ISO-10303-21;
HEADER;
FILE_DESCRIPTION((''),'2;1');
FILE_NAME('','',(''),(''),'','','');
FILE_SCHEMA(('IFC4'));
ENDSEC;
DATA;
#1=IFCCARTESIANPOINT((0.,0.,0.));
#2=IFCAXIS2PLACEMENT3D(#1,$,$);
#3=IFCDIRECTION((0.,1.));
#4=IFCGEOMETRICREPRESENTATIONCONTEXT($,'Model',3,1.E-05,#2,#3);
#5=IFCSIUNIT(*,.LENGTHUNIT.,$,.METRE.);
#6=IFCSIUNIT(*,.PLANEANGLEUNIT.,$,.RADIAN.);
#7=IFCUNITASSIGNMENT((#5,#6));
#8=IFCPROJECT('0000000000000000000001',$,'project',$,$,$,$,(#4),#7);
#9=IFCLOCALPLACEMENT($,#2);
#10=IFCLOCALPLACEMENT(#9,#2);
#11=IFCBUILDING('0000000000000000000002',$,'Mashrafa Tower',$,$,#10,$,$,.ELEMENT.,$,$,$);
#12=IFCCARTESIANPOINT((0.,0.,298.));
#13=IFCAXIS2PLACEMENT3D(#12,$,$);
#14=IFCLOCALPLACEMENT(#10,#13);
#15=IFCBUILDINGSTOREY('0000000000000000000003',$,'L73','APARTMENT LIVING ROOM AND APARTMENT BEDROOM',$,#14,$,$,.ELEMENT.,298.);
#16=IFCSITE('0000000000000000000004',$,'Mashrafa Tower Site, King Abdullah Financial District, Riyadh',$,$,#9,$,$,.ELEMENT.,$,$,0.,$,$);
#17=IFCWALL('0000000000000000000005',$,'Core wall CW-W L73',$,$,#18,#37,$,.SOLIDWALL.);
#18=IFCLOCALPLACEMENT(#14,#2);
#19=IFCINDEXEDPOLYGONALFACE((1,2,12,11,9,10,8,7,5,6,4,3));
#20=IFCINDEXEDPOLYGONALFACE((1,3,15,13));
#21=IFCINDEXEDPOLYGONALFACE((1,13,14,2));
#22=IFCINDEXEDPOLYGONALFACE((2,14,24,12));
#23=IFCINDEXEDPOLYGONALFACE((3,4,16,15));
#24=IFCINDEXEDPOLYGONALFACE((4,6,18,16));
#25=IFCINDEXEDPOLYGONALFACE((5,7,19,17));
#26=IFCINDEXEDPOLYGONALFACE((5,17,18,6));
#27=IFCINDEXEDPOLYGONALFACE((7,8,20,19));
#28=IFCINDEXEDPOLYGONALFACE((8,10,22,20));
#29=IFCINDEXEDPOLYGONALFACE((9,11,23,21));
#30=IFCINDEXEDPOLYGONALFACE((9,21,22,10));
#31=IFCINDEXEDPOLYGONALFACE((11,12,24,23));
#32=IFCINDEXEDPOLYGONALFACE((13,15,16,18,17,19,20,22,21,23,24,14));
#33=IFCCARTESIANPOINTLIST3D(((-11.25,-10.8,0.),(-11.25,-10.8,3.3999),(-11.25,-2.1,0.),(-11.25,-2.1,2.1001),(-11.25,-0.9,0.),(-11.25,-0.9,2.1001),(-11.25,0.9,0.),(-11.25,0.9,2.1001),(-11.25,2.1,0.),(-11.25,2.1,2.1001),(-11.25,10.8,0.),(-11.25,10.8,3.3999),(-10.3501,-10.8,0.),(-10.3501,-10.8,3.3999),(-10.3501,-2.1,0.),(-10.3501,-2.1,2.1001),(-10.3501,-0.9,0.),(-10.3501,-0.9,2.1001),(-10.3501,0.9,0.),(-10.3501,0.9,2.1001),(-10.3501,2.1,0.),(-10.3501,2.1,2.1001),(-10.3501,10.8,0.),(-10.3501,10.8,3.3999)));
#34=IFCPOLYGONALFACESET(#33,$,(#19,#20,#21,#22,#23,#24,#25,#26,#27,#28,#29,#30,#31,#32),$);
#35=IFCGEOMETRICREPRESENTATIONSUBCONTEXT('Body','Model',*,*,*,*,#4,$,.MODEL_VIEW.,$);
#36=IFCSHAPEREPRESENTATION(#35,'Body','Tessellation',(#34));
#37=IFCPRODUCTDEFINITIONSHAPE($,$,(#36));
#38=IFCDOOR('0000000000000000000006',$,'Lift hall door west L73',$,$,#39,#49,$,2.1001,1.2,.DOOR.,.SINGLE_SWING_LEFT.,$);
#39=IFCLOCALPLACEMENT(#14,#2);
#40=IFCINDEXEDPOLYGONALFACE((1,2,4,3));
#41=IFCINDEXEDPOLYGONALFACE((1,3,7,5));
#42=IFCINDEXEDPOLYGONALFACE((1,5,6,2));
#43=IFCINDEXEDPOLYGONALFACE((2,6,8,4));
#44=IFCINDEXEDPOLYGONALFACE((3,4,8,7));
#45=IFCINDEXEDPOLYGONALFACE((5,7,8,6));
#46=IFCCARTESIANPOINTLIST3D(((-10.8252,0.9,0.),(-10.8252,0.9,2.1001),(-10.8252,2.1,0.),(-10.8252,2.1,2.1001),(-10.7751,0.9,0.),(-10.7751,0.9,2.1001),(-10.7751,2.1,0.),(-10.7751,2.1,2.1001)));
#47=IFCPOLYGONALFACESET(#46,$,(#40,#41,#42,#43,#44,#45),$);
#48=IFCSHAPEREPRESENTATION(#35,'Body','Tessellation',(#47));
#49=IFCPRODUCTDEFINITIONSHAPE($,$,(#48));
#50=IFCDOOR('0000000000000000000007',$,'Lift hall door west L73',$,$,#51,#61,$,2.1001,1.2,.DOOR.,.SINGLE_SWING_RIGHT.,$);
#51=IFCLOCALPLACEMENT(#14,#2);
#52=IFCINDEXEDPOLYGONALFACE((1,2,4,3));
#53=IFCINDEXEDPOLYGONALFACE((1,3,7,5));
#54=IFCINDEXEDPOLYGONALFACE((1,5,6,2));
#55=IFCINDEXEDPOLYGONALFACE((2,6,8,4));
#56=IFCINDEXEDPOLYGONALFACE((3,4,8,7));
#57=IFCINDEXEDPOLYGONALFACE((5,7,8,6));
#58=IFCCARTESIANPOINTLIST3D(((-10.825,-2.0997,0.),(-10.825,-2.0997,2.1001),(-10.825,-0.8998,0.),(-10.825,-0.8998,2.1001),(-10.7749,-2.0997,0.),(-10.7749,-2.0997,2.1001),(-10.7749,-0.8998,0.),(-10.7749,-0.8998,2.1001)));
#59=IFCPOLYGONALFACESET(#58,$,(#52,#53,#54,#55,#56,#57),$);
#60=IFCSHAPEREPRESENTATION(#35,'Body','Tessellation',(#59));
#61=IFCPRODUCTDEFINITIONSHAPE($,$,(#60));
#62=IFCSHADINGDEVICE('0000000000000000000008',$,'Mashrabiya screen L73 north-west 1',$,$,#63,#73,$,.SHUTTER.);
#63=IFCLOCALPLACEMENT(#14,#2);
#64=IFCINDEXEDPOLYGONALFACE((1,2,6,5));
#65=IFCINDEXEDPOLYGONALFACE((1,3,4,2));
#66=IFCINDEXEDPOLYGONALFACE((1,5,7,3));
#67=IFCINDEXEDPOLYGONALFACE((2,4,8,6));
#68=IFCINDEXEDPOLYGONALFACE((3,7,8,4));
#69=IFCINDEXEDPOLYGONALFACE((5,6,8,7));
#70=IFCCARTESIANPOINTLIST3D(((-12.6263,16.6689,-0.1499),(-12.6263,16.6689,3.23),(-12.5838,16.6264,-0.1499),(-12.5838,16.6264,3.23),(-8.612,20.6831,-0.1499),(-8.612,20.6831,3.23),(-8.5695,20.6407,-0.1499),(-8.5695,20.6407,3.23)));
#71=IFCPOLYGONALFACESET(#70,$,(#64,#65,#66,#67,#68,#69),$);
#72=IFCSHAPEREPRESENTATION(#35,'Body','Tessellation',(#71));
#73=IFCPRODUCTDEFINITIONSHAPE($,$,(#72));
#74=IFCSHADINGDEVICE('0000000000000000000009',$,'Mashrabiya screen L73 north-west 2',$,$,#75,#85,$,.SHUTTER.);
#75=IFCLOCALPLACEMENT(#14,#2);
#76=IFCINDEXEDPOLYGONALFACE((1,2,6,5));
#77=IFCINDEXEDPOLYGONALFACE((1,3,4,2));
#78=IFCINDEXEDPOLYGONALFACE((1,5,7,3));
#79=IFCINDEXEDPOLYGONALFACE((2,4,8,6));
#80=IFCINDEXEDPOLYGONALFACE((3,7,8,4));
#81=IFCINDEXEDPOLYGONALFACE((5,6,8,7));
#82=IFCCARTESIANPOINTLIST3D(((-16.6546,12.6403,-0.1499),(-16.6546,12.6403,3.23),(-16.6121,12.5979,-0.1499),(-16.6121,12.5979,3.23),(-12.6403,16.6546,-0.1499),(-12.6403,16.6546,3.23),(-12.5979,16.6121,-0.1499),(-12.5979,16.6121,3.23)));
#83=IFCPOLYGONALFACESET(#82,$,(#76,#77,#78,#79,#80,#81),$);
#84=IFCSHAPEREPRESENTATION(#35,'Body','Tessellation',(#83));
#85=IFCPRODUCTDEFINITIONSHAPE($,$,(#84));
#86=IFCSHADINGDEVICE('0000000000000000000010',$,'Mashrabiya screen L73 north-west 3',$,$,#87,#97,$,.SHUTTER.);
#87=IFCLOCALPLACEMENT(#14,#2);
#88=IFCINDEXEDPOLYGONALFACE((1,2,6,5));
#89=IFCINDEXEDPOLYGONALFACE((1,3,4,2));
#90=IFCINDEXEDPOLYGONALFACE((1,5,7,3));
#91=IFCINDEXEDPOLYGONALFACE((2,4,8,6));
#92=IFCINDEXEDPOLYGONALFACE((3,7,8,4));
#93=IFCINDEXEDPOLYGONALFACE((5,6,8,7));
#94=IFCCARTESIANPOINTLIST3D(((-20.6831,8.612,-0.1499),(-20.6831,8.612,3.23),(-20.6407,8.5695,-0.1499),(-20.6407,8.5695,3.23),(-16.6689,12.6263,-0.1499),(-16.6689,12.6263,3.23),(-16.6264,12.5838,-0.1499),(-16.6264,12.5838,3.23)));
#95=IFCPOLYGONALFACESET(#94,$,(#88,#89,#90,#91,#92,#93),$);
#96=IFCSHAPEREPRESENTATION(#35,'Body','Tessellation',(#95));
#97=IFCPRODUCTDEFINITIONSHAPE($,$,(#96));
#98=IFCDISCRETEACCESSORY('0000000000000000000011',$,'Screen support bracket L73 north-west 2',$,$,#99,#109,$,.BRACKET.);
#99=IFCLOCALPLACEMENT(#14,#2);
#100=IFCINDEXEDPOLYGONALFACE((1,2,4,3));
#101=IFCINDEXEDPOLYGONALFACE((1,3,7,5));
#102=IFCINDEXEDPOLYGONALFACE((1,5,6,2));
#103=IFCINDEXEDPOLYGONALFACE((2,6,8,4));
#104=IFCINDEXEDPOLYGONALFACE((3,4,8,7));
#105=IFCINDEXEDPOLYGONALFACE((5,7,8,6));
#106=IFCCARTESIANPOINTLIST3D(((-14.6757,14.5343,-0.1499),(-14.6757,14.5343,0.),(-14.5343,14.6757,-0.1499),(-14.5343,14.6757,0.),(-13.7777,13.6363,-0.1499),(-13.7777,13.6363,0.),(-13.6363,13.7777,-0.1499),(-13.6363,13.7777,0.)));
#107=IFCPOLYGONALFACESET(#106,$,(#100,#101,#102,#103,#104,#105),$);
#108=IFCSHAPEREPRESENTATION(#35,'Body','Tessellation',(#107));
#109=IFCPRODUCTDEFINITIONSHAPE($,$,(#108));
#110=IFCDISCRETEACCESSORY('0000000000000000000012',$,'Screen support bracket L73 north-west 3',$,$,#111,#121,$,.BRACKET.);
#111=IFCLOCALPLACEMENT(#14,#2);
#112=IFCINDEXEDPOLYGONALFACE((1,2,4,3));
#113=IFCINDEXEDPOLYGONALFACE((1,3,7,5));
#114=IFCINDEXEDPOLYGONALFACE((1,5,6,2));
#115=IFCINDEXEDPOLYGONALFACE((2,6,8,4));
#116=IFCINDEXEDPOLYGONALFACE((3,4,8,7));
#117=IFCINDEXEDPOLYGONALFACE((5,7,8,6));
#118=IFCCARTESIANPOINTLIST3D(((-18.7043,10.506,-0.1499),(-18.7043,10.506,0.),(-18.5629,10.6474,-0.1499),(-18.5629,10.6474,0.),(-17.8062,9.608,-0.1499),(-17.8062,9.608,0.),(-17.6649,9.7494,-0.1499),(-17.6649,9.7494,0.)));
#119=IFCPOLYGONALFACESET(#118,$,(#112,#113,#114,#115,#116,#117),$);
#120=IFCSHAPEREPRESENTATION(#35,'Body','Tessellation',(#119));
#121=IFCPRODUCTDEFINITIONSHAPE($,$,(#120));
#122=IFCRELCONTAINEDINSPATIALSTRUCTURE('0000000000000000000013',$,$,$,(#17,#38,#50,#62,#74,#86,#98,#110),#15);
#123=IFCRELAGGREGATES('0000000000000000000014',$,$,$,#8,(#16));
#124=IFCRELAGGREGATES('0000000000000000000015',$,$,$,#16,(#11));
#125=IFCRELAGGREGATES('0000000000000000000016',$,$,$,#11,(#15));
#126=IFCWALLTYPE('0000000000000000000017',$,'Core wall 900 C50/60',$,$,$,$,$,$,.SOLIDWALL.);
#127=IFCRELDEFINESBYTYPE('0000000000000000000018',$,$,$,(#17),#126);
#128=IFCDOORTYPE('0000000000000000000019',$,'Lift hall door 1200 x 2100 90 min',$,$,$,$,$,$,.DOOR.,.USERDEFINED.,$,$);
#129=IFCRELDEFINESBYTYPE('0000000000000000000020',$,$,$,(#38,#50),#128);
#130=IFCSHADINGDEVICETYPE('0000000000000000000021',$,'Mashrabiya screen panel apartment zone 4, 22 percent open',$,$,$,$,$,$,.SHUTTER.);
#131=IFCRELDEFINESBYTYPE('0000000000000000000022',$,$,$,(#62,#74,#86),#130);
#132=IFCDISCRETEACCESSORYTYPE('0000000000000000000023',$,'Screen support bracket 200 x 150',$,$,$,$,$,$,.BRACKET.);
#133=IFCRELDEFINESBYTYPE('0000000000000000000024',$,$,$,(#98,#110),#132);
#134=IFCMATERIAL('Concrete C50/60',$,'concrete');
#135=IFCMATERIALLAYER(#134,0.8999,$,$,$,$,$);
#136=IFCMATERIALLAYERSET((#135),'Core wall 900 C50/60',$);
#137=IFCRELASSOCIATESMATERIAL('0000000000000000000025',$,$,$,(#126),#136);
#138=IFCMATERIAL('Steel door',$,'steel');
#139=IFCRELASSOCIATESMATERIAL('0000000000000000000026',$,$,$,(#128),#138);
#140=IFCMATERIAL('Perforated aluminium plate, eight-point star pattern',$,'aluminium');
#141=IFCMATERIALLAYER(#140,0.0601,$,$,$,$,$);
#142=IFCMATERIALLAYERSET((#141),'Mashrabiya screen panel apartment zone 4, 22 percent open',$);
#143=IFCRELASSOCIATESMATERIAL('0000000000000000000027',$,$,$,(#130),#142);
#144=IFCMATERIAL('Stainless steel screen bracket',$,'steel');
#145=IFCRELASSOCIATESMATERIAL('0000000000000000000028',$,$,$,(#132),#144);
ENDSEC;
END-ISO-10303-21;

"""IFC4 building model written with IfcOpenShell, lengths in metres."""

from ifc_helpers import new_model, si_unit, direction, frame, frame_2d, origin, origin_2d, place, context, subcontext, project, spatial, rectangle, extrude, source, transform, mapped, material, layer, layer_set, type_object, type_shapes, element, fill, save


model = new_model("IFC4")

# Units and contexts
model_context = context("Model", 3, precision=1e-05, world=origin(), true_north=direction((0.0, 1.0)))
body_context = subcontext(model_context, "Body", "Model", "MODEL_VIEW")
ifc_project = project(units=[si_unit("LENGTHUNIT", "METRE"), si_unit("PLANEANGLEUNIT", "RADIAN")], contexts=[model_context])

# Site, building, storey
site_placement = place(None, origin())
site = spatial("IfcSite", under=ifc_project, at=site_placement, Name="Mashrafa Tower Site, King Abdullah Financial District, Riyadh", CompositionType="ELEMENT", RefElevation=0.0)
building_placement = place(site_placement, origin())
building = spatial("IfcBuilding", under=site, at=building_placement, Name="Mashrafa Tower", CompositionType="ELEMENT")
storey_placement = place(building_placement, frame((0.0, 0.0, 298.0)))
storey = spatial("IfcBuildingStorey", under=building, at=storey_placement, Name="L73", Description="APARTMENT LIVING ROOM AND APARTMENT BEDROOM", CompositionType="ELEMENT", Elevation=298.0)

# Wall, openings, doors
ifc_material_1 = material(Name="Concrete C50/60", Category="concrete")
ifc_layer_1 = layer(ifc_material_1, 0.8999)
ifc_layer_set_1 = layer_set([ifc_layer_1], Name="Core wall 900 C50/60")
wall_type_1 = type_object("IfcWallType", Name="Core wall 900 C50/60", PredefinedType="SOLIDWALL", material=ifc_layer_set_1)
wall_1_placement = place(storey_placement, frame((-10.8, 10.8, 0.0), z_axis=(0.0, 0.0, 1.0), x_axis=(0.0, -1.0, 0.0)))
wall_1 = element("IfcWall", 1, at=wall_1_placement, inside=storey, type_object=wall_type_1, Name="Core wall CW-W L73", PredefinedType="SOLIDWALL", context=body_context, shape_type="SweptSolid", body=[
    extrude(rectangle(XDim=21.6001, YDim=0.8999, at=frame_2d((10.8, 0.0))), origin(), (0.0, 0.0, 1.0), 3.3999),
])
opening_1_placement = place(wall_1_placement, frame((8.7, 0.0, 0.0)))
opening_1 = element("IfcOpeningElement", 2, at=opening_1_placement, cuts=wall_1, PredefinedType="OPENING", context=body_context, shape_type="SweptSolid", body=[
    extrude(rectangle(XDim=1.2, YDim=2.1001, at=frame_2d((0.6001, 1.05))), frame((0.0, 0.46, 0.0), z_axis=(0.0, -1.0, 0.0), x_axis=(1.0, 0.0, 0.0)), (0.0, 0.0, 1.0), 0.9199),
])
opening_2_placement = place(wall_1_placement, frame((11.7, 0.0, 0.0)))
opening_2 = element("IfcOpeningElement", 3, at=opening_2_placement, cuts=wall_1, PredefinedType="OPENING", context=body_context, shape_type="SweptSolid", body=[
    extrude(rectangle(XDim=1.2, YDim=2.1001, at=frame_2d((0.6001, 1.05))), frame((0.0, 0.46, 0.0), z_axis=(0.0, -1.0, 0.0), x_axis=(1.0, 0.0, 0.0)), (0.0, 0.0, 1.0), 0.9199),
])
ifc_material_2 = material(Name="Steel door", Category="steel")
door_type = type_object("IfcDoorType", Name="Lift hall door 1200 x 2100 90 min", OperationType="USERDEFINED", PredefinedType="DOOR", material=ifc_material_2)
door_1_placement = place(opening_1_placement, origin())
door_1 = element("IfcDoor", 4, at=door_1_placement, inside=storey, type_object=door_type, Name="Lift hall door west L73", OperationType="SINGLE_SWING_LEFT", OverallHeight=2.1001, OverallWidth=1.2, PredefinedType="DOOR", context=body_context, shape_type="SweptSolid", body=[
    extrude(rectangle(XDim=1.2, YDim=2.1001, at=frame_2d((0.6001, 1.05))), frame((0.0, 0.0249, 0.0), z_axis=(0.0, -1.0, 0.0), x_axis=(1.0, 0.0, 0.0)), (0.0, 0.0, 1.0), 0.05),
])
fill(opening_1, door_1)
door_2_placement = place(opening_2_placement, frame((1.2, 0.0, 0.0), z_axis=(0.0, 0.0, 1.0), x_axis=(-1.0, 0.0, 0.0)))
door_2 = element("IfcDoor", 5, at=door_2_placement, inside=storey, type_object=door_type, Name="Lift hall door west L73", OperationType="SINGLE_SWING_RIGHT", OverallHeight=2.1001, OverallWidth=1.2, PredefinedType="DOOR", context=body_context, shape_type="SweptSolid", body=[
    extrude(rectangle(XDim=1.2, YDim=2.1001, at=frame_2d((0.6001, 1.05))), frame((0.0, 0.0249, 0.0), z_axis=(0.0, -1.0, 0.0), x_axis=(1.0, 0.0, 0.0)), (0.0, 0.0, 1.0), 0.05),
])
fill(opening_2, door_2)

# Shading devices
ifc_material_3 = material(Name="Perforated aluminium plate, eight-point star pattern", Category="aluminium")
ifc_layer_2 = layer(ifc_material_3, 0.0601)
ifc_layer_set_2 = layer_set([ifc_layer_2], Name="Mashrabiya screen panel apartment zone 4, 22 percent open")
shading_device_type = type_object("IfcShadingDeviceType", Name="Mashrabiya screen panel apartment zone 4, 22 percent open", PredefinedType="SHUTTER", material=ifc_layer_set_2)
shared_shape_1 = source(origin(), body_context, "Body", "SweptSolid", [
    extrude(rectangle(XDim=5.677, YDim=0.0601, at=origin_2d()), origin(), (0.0, 0.0, 1.0), 3.3799),
])
type_shapes(shading_device_type, [shared_shape_1])
for number, where, z_axis, x_axis, name in (
    (6, (-10.5979, 18.6548, -0.1499), (0.0, 0.0, 1.0), (-0.707107, -0.707107, 0.0), "Mashrabiya screen L73 north-west 1"),
    (7, (-14.6262, 14.6262, -0.1499), (0.0, 0.0, 1.0), (-0.707107, -0.707107, 0.0), "Mashrabiya screen L73 north-west 2"),
    (8, (-18.6548, 10.5979, -0.1499), (0.0, 0.0, 1.0), (-0.707107, -0.707107, 0.0), "Mashrabiya screen L73 north-west 3"),
):
    element("IfcShadingDevice", number, at=place(storey_placement, frame(where, z_axis=z_axis, x_axis=x_axis)), inside=storey, type_object=shading_device_type, Name=name, PredefinedType="SHUTTER", context=body_context, shape_type="MappedRepresentation", body=[
        mapped(shared_shape_1, transform((0.0, 0.0, 0.0))),
    ])

# Discrete accessories
ifc_material_4 = material(Name="Stainless steel screen bracket", Category="steel")
discrete_accessory_type = type_object("IfcDiscreteAccessoryType", Name="Screen support bracket 200 x 150", PredefinedType="BRACKET", material=ifc_material_4)
shared_shape_2 = source(origin(), body_context, "Body", "SweptSolid", [
    extrude(rectangle(XDim=0.2, YDim=1.27, at=origin_2d()), origin(), (0.0, 0.0, 1.0), 0.1499),
])
type_shapes(discrete_accessory_type, [shared_shape_2])
for number, where, z_axis, x_axis, name in (
    (9, (-14.156, 14.156, -0.1499), (0.0, 0.0, 1.0), (-0.707107, -0.707107, 0.0), "Screen support bracket L73 north-west 2"),
    (10, (-18.1846, 10.1277, -0.1499), (0.0, 0.0, 1.0), (-0.707107, -0.707107, 0.0), "Screen support bracket L73 north-west 3"),
):
    element("IfcDiscreteAccessory", number, at=place(storey_placement, frame(where, z_axis=z_axis, x_axis=x_axis)), inside=storey, type_object=discrete_accessory_type, Name=name, PredefinedType="BRACKET", context=body_context, shape_type="MappedRepresentation", body=[
        mapped(shared_shape_2, transform((0.0, 0.0, 0.0))),
    ])

save(model, "model.ifc")
